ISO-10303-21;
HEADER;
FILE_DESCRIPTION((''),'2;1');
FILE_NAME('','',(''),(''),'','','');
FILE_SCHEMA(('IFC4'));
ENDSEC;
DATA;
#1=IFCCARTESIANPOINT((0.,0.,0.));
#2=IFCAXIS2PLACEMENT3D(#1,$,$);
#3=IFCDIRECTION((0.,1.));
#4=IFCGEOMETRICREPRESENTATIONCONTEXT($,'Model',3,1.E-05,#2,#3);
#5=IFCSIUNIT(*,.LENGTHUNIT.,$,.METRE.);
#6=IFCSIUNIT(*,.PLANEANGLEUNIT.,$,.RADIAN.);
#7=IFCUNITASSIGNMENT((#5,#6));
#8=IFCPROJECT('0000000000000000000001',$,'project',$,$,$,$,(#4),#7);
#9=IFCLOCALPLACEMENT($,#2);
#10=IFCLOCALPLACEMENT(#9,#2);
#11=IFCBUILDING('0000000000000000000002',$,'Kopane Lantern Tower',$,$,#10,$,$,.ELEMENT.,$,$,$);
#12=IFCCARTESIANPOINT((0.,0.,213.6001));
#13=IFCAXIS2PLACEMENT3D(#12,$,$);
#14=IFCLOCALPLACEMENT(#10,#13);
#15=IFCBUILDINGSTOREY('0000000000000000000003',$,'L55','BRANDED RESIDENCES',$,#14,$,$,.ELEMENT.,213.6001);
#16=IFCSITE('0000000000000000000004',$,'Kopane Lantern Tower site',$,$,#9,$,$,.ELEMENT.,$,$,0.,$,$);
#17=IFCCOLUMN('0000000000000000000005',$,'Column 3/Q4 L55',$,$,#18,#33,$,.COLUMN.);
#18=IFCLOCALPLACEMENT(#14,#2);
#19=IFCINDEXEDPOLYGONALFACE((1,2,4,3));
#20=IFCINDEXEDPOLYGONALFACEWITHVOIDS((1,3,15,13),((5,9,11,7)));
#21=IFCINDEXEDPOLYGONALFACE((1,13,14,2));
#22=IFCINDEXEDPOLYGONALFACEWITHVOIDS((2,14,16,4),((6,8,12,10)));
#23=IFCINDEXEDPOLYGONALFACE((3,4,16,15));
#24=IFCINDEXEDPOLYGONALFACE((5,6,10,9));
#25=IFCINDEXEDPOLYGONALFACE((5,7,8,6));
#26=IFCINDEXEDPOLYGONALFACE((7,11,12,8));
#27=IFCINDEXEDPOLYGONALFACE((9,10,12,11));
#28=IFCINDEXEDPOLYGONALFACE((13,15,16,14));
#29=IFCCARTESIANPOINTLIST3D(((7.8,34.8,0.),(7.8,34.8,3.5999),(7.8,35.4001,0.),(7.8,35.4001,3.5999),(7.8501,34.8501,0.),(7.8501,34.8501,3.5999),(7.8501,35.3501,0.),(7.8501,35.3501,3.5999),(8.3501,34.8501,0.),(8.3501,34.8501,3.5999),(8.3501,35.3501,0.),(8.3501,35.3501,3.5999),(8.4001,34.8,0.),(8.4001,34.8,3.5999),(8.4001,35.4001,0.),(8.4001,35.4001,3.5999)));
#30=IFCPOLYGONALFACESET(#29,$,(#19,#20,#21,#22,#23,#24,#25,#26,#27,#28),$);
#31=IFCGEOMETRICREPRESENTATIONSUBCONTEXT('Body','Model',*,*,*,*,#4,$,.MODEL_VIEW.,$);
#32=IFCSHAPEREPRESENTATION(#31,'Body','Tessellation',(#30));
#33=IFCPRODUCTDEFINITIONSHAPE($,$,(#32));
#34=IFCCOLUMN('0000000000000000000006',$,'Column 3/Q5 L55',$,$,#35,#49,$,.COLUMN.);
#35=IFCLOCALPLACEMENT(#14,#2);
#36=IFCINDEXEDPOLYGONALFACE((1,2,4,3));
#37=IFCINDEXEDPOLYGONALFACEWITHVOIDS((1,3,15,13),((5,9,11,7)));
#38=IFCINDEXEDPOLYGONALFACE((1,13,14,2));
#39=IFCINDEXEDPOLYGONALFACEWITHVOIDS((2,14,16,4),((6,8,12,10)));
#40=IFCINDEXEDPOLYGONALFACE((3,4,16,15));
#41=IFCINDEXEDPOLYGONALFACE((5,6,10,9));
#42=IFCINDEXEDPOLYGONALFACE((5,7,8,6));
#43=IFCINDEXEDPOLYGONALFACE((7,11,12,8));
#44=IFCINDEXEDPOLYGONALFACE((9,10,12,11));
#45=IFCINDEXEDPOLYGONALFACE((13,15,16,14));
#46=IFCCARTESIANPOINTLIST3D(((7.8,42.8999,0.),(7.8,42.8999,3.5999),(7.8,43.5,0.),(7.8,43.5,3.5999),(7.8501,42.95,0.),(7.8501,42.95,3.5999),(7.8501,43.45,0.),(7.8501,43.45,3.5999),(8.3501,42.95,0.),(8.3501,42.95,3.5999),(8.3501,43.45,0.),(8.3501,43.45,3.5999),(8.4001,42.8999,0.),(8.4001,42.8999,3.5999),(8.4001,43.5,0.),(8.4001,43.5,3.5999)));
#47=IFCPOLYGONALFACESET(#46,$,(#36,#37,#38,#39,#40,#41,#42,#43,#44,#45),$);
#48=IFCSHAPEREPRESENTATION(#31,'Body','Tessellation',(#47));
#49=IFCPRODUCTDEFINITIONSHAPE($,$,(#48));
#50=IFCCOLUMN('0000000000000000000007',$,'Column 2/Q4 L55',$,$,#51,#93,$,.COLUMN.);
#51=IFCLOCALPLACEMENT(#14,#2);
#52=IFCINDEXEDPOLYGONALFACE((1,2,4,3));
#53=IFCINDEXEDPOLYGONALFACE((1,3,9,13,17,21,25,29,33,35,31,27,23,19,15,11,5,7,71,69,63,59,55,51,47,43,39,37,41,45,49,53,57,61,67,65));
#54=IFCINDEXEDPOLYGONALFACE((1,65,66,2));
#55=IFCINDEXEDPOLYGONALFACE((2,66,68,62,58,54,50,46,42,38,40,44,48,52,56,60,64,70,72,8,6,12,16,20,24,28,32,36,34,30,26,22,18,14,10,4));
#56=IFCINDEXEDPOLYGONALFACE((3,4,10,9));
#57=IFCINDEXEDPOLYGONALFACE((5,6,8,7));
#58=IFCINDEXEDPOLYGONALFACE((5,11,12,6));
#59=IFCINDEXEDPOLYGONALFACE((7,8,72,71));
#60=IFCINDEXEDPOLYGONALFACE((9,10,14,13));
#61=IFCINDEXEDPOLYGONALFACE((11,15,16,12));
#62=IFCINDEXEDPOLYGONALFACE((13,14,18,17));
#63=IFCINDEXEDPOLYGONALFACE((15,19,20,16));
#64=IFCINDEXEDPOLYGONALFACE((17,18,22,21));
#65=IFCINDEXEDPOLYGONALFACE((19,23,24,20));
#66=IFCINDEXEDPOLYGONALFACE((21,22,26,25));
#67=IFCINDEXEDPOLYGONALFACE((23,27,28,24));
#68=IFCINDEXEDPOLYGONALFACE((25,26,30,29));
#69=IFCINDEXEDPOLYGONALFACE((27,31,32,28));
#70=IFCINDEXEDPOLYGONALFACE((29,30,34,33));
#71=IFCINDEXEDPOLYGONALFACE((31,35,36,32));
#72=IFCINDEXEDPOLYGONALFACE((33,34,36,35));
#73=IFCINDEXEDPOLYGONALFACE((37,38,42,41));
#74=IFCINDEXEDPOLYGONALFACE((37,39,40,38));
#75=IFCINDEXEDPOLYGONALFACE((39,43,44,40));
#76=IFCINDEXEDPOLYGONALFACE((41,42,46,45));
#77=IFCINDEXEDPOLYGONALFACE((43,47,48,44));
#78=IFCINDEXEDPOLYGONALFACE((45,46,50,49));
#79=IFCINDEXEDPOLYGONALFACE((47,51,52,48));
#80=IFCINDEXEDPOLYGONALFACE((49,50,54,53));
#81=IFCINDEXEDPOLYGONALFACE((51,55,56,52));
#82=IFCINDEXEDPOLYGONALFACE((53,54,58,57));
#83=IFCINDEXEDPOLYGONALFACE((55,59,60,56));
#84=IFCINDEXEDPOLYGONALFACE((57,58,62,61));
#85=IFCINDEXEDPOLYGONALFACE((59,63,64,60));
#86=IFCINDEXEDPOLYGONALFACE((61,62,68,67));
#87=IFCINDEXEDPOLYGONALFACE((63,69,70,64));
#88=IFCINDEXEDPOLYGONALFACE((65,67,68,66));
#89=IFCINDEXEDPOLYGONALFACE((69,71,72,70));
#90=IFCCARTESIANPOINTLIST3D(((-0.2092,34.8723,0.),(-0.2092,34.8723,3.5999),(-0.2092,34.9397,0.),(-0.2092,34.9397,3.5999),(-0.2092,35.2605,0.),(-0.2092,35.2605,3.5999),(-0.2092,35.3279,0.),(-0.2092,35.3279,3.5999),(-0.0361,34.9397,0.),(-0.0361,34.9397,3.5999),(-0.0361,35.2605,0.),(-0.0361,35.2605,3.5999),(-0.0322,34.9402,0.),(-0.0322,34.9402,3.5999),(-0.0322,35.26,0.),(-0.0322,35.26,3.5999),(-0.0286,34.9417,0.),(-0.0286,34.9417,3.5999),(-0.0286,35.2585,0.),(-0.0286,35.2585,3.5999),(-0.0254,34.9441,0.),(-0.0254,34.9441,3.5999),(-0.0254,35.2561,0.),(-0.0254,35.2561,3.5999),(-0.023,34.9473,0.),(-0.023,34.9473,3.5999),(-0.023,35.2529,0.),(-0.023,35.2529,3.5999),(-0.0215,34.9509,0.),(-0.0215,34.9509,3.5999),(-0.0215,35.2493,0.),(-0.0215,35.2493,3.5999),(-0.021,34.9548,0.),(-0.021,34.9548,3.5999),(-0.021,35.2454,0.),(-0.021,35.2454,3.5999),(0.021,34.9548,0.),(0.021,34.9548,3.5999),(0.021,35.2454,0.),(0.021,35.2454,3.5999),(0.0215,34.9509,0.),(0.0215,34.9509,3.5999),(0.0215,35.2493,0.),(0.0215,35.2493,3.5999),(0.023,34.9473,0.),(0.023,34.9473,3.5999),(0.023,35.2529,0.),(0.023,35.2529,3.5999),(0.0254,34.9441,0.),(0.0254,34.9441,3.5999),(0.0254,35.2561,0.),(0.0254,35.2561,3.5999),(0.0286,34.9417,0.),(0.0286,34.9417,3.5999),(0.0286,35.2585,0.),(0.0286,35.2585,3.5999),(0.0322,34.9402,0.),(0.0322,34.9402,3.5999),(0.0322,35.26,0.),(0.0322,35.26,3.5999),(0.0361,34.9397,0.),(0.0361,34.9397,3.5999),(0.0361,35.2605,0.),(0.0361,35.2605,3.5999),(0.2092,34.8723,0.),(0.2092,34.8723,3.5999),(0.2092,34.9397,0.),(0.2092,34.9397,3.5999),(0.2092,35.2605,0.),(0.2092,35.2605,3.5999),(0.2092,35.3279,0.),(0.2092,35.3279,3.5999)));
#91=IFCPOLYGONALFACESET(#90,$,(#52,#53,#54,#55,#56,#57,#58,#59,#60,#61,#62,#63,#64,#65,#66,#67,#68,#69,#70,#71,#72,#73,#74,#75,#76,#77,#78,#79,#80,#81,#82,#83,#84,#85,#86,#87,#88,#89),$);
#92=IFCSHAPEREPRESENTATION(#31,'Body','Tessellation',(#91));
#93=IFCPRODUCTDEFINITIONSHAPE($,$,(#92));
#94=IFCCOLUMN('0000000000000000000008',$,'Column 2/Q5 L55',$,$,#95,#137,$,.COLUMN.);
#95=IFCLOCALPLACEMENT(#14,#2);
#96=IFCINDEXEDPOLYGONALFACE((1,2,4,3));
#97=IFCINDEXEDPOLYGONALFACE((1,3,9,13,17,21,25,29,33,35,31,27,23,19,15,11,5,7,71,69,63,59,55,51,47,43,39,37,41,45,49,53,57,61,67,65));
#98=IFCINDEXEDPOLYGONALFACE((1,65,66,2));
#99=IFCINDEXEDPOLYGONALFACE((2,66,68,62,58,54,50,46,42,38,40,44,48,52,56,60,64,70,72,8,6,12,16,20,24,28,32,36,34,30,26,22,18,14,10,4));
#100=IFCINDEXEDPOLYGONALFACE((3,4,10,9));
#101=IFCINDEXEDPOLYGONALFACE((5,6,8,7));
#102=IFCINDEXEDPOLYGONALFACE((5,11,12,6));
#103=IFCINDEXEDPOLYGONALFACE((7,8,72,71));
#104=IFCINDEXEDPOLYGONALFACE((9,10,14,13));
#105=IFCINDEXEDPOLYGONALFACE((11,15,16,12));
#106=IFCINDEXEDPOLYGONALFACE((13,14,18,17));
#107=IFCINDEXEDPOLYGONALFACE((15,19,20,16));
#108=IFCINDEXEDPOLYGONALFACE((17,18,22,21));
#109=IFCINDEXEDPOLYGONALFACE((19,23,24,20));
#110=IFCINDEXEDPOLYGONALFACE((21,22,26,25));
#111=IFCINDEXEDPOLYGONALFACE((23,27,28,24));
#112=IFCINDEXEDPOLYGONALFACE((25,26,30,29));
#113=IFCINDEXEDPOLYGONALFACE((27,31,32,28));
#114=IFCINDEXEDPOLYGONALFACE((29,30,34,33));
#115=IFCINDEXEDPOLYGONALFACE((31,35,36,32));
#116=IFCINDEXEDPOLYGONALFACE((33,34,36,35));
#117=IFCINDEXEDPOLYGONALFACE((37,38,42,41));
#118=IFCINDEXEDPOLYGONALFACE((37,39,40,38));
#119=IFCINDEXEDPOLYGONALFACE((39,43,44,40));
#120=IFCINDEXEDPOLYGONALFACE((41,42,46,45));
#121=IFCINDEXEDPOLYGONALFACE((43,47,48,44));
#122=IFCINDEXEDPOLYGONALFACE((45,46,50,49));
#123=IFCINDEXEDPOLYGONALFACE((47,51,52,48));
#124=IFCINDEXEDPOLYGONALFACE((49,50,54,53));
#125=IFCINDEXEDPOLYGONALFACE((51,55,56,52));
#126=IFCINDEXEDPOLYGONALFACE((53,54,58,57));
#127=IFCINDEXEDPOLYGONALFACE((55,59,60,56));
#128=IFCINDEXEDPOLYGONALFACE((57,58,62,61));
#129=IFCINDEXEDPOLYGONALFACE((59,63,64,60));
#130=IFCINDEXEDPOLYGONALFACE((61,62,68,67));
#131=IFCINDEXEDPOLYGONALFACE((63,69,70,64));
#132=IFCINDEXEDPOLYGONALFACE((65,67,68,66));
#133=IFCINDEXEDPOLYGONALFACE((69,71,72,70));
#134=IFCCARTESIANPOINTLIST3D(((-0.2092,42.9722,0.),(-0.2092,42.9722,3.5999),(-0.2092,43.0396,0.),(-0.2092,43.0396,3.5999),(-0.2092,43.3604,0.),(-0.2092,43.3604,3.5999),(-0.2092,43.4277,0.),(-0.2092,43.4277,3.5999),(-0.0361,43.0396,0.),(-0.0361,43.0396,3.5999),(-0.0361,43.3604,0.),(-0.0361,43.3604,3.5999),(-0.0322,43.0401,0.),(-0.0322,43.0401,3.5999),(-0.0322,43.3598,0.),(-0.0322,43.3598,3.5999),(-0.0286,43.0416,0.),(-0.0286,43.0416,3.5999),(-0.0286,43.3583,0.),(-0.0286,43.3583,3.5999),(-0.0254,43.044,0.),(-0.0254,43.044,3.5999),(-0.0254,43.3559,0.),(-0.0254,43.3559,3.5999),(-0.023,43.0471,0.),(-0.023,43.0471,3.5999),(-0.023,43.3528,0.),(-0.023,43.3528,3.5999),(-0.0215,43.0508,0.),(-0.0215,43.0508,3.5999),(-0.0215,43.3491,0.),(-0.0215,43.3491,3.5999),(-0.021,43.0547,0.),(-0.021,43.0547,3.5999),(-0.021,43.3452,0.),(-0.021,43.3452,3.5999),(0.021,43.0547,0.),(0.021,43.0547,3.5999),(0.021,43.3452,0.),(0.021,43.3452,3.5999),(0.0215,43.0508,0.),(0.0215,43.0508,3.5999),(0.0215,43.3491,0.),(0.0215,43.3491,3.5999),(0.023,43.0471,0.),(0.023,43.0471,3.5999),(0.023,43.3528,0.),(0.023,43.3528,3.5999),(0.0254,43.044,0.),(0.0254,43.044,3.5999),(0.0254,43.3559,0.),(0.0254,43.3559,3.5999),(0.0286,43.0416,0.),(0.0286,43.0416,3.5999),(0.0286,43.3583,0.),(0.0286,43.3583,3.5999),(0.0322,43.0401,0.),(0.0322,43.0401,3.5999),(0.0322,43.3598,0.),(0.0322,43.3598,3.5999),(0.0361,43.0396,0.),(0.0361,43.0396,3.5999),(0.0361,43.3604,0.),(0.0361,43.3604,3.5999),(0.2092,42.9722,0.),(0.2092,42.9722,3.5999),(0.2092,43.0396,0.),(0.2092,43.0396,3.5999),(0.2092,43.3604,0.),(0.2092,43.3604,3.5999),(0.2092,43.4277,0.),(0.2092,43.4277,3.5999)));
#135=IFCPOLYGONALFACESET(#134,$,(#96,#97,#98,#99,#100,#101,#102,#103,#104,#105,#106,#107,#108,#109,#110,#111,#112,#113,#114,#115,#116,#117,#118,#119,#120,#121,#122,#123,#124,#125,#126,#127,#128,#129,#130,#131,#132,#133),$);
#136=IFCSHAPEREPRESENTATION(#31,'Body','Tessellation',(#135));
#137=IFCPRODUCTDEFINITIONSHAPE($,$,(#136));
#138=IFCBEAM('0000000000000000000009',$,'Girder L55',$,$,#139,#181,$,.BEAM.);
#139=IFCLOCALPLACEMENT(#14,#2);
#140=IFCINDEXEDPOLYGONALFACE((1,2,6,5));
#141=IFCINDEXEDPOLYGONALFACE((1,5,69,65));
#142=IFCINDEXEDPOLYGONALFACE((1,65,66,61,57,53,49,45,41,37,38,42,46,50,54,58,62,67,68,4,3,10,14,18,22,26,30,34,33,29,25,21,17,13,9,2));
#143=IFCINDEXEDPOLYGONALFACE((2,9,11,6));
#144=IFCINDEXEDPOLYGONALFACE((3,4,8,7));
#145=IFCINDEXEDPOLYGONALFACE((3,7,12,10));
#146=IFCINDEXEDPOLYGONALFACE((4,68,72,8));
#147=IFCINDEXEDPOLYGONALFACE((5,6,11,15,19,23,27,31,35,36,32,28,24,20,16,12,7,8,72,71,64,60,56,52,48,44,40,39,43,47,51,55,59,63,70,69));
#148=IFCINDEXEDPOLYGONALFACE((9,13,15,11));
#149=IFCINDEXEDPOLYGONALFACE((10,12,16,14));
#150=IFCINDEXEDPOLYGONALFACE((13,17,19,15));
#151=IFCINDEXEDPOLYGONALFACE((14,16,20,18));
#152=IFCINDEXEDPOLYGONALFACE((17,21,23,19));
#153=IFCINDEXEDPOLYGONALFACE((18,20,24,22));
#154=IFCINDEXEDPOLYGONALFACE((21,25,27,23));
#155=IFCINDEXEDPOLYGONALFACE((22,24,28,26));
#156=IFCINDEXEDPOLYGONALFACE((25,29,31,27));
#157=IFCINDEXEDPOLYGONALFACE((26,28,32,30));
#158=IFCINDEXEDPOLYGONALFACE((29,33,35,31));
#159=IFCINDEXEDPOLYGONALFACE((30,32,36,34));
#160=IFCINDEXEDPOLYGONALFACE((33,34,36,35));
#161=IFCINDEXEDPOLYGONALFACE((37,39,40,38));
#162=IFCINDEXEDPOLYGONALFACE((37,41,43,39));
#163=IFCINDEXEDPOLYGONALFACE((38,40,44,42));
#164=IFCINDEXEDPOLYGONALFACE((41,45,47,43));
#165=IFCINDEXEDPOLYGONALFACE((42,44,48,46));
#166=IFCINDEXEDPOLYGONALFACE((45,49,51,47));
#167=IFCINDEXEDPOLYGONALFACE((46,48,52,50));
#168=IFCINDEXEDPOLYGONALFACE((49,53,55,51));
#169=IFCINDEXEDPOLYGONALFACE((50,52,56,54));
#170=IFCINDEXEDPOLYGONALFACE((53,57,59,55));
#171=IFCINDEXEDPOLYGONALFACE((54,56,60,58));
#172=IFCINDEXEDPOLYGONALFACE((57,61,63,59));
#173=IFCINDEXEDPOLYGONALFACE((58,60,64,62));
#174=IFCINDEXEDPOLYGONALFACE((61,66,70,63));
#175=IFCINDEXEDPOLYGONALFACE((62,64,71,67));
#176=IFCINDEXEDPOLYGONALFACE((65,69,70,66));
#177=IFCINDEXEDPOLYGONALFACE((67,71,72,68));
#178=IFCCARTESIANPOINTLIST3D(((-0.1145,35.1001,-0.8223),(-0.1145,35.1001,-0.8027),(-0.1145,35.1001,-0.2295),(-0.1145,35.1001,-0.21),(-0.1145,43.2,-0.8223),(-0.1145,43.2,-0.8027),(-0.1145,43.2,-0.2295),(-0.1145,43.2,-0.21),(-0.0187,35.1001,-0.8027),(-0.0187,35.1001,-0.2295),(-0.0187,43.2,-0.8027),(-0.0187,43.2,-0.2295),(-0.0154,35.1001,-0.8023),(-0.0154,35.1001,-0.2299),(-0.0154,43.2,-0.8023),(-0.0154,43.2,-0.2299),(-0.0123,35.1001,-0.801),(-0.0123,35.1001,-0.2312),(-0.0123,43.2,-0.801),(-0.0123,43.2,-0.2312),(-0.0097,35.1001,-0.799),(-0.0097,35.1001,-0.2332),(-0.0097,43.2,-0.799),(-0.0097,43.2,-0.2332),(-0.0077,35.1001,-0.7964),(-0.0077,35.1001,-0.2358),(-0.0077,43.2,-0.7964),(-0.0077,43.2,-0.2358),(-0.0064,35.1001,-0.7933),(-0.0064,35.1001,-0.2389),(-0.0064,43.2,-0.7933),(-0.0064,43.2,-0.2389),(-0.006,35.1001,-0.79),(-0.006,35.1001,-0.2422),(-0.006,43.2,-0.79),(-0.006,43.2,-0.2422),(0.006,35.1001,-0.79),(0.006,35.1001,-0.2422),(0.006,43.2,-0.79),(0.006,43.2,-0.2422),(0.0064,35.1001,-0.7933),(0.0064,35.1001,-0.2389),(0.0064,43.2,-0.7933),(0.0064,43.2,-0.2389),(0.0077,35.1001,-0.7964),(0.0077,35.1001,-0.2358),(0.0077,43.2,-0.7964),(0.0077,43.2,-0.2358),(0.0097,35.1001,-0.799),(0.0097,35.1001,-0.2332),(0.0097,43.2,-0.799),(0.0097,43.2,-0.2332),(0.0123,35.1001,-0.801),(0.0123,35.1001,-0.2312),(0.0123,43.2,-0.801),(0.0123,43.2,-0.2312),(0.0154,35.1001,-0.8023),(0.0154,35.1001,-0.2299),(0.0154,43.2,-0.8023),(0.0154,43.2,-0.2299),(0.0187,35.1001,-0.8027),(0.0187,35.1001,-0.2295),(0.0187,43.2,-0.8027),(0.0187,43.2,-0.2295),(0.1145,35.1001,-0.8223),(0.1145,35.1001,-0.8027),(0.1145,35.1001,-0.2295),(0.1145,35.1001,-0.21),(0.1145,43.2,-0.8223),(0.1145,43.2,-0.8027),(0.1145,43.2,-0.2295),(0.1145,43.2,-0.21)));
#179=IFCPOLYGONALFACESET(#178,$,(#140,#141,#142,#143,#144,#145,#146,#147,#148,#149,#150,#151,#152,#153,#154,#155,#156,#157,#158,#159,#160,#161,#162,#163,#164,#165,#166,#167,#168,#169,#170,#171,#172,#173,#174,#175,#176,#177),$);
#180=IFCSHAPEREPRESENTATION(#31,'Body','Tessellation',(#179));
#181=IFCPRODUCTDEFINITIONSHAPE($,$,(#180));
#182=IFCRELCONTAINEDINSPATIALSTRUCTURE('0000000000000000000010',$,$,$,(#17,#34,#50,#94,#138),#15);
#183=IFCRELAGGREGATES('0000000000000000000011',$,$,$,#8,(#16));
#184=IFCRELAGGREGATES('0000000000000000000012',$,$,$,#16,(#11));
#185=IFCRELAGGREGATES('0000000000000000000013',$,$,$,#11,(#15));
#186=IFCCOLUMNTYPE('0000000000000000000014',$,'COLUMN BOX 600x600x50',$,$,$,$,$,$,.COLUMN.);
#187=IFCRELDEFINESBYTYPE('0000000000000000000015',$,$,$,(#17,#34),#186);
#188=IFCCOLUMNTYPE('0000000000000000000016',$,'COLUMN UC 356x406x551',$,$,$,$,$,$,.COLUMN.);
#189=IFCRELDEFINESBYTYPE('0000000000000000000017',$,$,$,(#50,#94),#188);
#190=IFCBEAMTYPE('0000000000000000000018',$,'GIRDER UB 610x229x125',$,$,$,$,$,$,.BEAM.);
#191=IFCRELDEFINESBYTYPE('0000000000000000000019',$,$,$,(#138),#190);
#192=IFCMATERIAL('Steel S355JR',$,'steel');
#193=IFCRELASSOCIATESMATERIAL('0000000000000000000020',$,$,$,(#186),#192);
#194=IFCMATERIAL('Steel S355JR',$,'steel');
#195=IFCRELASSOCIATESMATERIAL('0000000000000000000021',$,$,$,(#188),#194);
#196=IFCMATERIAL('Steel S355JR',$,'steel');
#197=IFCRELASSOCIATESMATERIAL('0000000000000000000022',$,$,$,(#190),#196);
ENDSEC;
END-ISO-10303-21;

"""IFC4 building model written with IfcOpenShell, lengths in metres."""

from ifc_helpers import new_model, si_unit, direction, frame, origin, origin_2d, place, context, subcontext, project, spatial, hollow_rectangle, i_section, extrude, material, material_profile, profile_set, type_object, element, save


model = new_model("IFC4")

# Units and contexts
model_context = context("Model", 3, precision=1e-05, world=origin(), true_north=direction((0.0, 1.0)))
body_context = subcontext(model_context, "Body", "Model", "MODEL_VIEW")
ifc_project = project(units=[si_unit("LENGTHUNIT", "METRE"), si_unit("PLANEANGLEUNIT", "RADIAN")], contexts=[model_context])

# Site, building, storey
site_placement = place(None, origin())
site = spatial("IfcSite", under=ifc_project, at=site_placement, Name="Kopane Lantern Tower site", CompositionType="ELEMENT", RefElevation=0.0)
building_placement = place(site_placement, origin())
building = spatial("IfcBuilding", under=site, at=building_placement, Name="Kopane Lantern Tower", CompositionType="ELEMENT")
storey_placement = place(building_placement, frame((0.0, 0.0, 213.6001)))
storey = spatial("IfcBuildingStorey", under=building, at=storey_placement, Name="L55", Description="BRANDED RESIDENCES", CompositionType="ELEMENT", Elevation=213.6001)

# Columns
ifc_material_1 = material(Name="Steel S355JR", Category="steel")
ifc_material_profile_1 = material_profile(ifc_material_1, hollow_rectangle(XDim=0.6001, YDim=0.6001, WallThickness=0.05, at=origin_2d()), Name="BOX 600x600x50")
ifc_profile_set_1 = profile_set([ifc_material_profile_1], Name="Steel S355JR")
column_type_1 = type_object("IfcColumnType", Name="COLUMN BOX 600x600x50", PredefinedType="COLUMN", material=ifc_profile_set_1)
for number, where, z_axis, x_axis, name in (
    (1, (8.1001, 35.1001, 0.0), (0.0, 0.0, 1.0), (1.0, 0.0, 0.0), "Column 3/Q4 L55"),
    (2, (8.1001, 43.2, 0.0), (0.0, 0.0, 1.0), (1.0, 0.0, 0.0), "Column 3/Q5 L55"),
):
    element("IfcColumn", number, at=place(storey_placement, frame(where, z_axis=z_axis, x_axis=x_axis)), inside=storey, type_object=column_type_1, Name=name, PredefinedType="COLUMN", context=body_context, shape_type="SweptSolid", body=[
        extrude(hollow_rectangle(XDim=0.6001, YDim=0.6001, WallThickness=0.05, at=origin_2d()), origin(), (0.0, 0.0, 1.0), 3.5999),
    ])
ifc_material_2 = material(Name="Steel S355JR", Category="steel")
ifc_material_profile_2 = material_profile(ifc_material_2, i_section(OverallWidth=0.4185, OverallDepth=0.4556, WebThickness=0.042, FlangeThickness=0.0674, FilletRadius=0.0151, at=origin_2d()), Name="UC 356x406x551")
ifc_profile_set_2 = profile_set([ifc_material_profile_2], Name="Steel S355JR")
column_type_2 = type_object("IfcColumnType", Name="COLUMN UC 356x406x551", PredefinedType="COLUMN", material=ifc_profile_set_2)
for number, where, z_axis, x_axis, name in (
    (3, (0.0, 35.1001, 0.0), (0.0, 0.0, 1.0), (1.0, 0.0, 0.0), "Column 2/Q4 L55"),
    (4, (0.0, 43.2, 0.0), (0.0, 0.0, 1.0), (1.0, 0.0, 0.0), "Column 2/Q5 L55"),
):
    element("IfcColumn", number, at=place(storey_placement, frame(where, z_axis=z_axis, x_axis=x_axis)), inside=storey, type_object=column_type_2, Name=name, PredefinedType="COLUMN", context=body_context, shape_type="SweptSolid", body=[
        extrude(i_section(OverallWidth=0.4185, OverallDepth=0.4556, WebThickness=0.042, FlangeThickness=0.0674, FilletRadius=0.0151, at=origin_2d()), origin(), (0.0, 0.0, 1.0), 3.5999),
    ])

# Beam
ifc_material_3 = material(Name="Steel S355JR", Category="steel")
ifc_material_profile_3 = material_profile(ifc_material_3, i_section(OverallWidth=0.229, OverallDepth=0.6123, WebThickness=0.012, FlangeThickness=0.0195, FilletRadius=0.0127, at=origin_2d()), Name="UB 610x229x125")
ifc_profile_set_3 = profile_set([ifc_material_profile_3], Name="Steel S355JR")
beam_type = type_object("IfcBeamType", Name="GIRDER UB 610x229x125", PredefinedType="BEAM", material=ifc_profile_set_3)
beam_1_placement = place(storey_placement, frame((0.0, 35.1001, -0.5161), z_axis=(0.0, 1.0, 0.0), x_axis=(-1.0, 0.0, 0.0)))
element("IfcBeam", 5, at=beam_1_placement, inside=storey, type_object=beam_type, Name="Girder L55", PredefinedType="BEAM", context=body_context, shape_type="SweptSolid", body=[
    extrude(i_section(OverallWidth=0.229, OverallDepth=0.6123, WebThickness=0.012, FlangeThickness=0.0195, FilletRadius=0.0127, at=origin_2d()), origin(), (0.0, 0.0, 1.0), 8.0999),
])

save(model, "model.ifc")
